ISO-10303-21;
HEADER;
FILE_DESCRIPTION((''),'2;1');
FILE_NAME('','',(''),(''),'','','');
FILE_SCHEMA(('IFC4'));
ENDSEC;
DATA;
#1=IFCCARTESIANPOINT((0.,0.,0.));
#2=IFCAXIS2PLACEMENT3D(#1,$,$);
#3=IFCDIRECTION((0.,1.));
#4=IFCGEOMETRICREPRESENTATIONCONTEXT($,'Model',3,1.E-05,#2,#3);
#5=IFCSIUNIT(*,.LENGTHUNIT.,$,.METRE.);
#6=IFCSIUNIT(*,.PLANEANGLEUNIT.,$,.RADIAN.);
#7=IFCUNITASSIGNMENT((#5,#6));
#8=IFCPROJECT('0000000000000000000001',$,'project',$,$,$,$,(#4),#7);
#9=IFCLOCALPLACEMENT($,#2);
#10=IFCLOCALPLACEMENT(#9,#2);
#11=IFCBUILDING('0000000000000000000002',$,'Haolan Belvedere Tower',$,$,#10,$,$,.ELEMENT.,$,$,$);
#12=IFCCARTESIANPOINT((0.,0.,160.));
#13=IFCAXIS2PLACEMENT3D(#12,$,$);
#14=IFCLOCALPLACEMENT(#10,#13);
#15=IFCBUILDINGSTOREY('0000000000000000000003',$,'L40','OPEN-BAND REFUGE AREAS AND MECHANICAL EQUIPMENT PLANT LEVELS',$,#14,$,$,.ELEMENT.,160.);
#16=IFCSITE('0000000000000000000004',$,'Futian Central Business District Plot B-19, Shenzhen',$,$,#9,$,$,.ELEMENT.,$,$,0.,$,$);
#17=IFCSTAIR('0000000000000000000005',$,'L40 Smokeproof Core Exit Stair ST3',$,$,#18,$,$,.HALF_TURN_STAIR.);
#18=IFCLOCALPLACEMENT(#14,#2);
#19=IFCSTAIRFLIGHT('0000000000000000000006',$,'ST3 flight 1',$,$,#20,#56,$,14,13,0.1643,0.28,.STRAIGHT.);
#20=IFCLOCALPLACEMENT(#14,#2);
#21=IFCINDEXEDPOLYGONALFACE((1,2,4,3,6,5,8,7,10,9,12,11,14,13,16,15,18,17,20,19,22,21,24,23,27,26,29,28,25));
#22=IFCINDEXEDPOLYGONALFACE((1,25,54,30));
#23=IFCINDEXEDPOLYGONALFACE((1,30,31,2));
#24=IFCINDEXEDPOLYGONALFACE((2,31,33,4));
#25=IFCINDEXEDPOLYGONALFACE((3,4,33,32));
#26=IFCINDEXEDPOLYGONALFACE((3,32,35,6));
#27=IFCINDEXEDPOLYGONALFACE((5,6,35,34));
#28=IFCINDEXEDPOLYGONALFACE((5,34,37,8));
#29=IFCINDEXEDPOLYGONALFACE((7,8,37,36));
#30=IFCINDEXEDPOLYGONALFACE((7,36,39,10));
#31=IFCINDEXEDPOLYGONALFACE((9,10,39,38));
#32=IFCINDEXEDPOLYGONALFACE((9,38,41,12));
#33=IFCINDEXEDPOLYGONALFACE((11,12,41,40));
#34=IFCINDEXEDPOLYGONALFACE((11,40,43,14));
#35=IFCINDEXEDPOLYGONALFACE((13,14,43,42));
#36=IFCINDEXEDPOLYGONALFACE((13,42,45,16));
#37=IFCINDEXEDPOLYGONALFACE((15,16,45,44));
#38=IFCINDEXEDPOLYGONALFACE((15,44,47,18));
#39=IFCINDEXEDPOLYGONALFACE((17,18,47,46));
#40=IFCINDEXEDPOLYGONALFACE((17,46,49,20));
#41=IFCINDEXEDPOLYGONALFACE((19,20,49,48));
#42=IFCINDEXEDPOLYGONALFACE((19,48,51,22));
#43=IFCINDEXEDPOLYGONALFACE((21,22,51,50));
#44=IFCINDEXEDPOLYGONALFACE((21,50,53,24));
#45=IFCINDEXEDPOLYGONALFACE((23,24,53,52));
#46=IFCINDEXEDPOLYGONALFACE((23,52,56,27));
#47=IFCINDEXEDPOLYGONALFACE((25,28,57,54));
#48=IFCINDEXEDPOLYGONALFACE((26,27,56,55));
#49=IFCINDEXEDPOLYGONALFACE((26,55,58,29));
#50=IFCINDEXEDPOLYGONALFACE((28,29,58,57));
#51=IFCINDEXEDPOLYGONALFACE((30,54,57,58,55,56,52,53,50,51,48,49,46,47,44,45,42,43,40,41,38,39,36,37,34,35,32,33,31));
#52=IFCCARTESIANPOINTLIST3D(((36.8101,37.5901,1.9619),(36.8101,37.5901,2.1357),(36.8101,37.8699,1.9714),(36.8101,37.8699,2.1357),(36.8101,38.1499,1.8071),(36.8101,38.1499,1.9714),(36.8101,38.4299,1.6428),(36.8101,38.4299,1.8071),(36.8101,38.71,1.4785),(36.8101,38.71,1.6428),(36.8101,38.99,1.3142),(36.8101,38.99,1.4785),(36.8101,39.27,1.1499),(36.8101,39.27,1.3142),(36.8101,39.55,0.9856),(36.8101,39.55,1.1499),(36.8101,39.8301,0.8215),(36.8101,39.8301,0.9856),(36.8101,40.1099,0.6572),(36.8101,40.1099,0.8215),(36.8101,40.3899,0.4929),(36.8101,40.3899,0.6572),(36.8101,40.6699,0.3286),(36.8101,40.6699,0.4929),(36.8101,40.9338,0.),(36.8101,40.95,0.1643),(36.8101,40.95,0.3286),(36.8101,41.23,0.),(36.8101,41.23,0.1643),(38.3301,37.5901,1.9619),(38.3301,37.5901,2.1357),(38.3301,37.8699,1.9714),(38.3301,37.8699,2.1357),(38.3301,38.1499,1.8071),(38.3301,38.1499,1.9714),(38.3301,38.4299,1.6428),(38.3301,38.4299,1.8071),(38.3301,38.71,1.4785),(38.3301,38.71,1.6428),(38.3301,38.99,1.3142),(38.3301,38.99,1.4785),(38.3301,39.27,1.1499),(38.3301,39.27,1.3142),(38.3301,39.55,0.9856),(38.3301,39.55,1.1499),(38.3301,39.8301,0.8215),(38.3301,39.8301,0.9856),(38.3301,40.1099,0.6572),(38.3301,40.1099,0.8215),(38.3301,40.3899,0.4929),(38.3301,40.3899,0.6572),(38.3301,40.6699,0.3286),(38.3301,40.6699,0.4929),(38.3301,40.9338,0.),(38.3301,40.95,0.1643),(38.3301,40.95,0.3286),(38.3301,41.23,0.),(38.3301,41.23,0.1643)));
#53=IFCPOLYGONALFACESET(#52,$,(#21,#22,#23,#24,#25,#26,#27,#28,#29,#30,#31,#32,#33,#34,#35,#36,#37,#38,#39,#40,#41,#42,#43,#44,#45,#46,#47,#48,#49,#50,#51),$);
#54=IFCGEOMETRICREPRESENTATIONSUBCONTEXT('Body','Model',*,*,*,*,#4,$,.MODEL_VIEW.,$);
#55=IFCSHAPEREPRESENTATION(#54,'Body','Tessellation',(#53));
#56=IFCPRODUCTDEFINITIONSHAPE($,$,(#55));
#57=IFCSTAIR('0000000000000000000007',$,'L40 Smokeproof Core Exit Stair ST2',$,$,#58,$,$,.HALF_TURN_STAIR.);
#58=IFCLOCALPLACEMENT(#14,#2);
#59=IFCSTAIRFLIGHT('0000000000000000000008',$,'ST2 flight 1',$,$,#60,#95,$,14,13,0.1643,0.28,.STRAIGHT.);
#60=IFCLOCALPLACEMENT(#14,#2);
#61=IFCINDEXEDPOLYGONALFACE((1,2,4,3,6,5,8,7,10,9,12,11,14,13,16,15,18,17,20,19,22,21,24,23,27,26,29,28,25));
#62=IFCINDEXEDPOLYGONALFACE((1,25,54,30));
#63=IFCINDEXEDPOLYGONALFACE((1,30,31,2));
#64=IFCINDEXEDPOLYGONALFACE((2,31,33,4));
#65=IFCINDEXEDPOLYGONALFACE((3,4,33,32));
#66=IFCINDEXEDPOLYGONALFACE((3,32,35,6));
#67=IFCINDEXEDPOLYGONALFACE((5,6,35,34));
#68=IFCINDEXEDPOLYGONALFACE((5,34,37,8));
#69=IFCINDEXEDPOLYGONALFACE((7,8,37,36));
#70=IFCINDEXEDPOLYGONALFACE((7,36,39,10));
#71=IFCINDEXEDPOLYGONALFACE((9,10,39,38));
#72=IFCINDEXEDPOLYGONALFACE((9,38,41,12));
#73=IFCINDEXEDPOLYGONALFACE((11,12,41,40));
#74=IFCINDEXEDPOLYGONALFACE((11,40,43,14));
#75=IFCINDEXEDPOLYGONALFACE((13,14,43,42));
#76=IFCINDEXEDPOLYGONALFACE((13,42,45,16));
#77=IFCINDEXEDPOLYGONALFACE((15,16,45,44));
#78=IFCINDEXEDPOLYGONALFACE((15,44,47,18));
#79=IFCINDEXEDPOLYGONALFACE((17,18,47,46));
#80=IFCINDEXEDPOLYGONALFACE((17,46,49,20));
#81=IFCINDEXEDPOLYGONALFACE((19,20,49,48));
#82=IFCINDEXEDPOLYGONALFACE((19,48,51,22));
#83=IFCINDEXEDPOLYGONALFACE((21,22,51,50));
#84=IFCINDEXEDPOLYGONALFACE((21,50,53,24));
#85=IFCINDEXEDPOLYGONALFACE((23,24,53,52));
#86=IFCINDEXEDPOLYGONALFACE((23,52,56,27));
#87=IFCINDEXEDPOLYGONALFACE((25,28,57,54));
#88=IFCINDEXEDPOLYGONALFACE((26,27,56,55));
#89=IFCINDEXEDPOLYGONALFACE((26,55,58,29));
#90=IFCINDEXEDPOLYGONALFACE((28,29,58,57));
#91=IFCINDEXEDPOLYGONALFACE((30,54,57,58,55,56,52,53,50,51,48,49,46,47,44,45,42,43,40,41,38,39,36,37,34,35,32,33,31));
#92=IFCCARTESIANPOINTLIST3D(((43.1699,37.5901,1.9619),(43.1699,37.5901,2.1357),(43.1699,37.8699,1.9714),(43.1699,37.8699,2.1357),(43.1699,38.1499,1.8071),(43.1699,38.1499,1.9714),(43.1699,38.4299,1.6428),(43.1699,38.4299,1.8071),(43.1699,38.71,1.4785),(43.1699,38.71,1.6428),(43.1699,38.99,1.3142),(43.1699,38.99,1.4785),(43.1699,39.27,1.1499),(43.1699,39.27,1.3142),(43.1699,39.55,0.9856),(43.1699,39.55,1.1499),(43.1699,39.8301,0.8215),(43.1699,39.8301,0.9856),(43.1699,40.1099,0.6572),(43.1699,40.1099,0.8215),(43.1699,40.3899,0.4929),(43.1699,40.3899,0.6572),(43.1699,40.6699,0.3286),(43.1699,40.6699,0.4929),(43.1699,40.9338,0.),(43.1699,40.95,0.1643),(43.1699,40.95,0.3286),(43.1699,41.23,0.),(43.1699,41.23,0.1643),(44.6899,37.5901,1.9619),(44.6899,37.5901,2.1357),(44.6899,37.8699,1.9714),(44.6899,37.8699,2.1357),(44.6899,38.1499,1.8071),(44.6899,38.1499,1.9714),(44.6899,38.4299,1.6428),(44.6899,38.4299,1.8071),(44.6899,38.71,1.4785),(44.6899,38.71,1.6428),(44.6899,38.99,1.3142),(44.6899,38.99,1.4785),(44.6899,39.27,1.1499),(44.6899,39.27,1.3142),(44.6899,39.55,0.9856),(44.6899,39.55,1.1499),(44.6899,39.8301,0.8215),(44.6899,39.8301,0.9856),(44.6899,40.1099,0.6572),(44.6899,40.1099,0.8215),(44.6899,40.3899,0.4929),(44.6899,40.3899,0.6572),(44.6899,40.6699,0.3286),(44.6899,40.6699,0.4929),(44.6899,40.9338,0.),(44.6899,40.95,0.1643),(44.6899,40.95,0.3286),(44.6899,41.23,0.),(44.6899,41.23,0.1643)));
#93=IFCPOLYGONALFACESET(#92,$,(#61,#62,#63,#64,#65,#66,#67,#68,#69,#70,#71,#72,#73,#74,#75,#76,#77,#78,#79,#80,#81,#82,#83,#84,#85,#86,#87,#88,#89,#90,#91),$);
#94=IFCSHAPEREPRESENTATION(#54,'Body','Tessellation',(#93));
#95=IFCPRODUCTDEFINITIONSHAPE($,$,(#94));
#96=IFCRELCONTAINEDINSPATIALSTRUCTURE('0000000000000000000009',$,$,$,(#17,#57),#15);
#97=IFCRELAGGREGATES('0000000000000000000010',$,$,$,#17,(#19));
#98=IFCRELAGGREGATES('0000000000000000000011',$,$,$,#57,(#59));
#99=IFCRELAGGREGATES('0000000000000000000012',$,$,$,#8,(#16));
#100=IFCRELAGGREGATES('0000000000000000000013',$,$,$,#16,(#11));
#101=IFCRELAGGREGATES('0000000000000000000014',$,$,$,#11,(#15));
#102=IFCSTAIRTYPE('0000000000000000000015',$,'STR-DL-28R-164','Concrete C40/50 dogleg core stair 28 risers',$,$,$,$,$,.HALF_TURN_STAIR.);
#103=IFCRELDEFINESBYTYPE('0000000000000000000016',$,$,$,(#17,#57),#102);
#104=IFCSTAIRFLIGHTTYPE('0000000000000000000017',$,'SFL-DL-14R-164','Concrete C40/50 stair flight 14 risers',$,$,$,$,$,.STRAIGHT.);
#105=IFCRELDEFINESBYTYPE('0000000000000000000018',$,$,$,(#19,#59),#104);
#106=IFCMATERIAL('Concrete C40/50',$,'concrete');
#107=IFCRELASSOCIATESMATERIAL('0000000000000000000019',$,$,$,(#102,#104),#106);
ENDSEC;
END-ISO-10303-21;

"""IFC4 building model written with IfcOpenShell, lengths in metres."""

from ifc_helpers import new_model, si_unit, direction, frame, origin, place, context, subcontext, project, spatial, polyline, outline, extrude, material, type_object, element, aggregate, save


model = new_model("IFC4")

# Units and contexts
model_context = context("Model", 3, precision=1e-05, world=origin(), true_north=direction((0.0, 1.0)))
body_context = subcontext(model_context, "Body", "Model", "MODEL_VIEW")
ifc_project = project(units=[si_unit("LENGTHUNIT", "METRE"), si_unit("PLANEANGLEUNIT", "RADIAN")], contexts=[model_context])

# Site, building, storey
site_placement = place(None, origin())
site = spatial("IfcSite", under=ifc_project, at=site_placement, Name="Futian Central Business District Plot B-19, Shenzhen", CompositionType="ELEMENT", RefElevation=0.0)
building_placement = place(site_placement, origin())
building = spatial("IfcBuilding", under=site, at=building_placement, Name="Haolan Belvedere Tower", CompositionType="ELEMENT")
storey_placement = place(building_placement, frame((0.0, 0.0, 160.0)))
storey = spatial("IfcBuildingStorey", under=building, at=storey_placement, Name="L40", Description="OPEN-BAND REFUGE AREAS AND MECHANICAL EQUIPMENT PLANT LEVELS", CompositionType="ELEMENT", Elevation=160.0)

# Shared definitions
ifc_material_1 = material(Name="Concrete C40/50", Category="concrete")

# Stairs, stair flights
stair_type = type_object("IfcStairType", Name="STR-DL-28R-164", Description="Concrete C40/50 dogleg core stair 28 risers", PredefinedType="HALF_TURN_STAIR", material=ifc_material_1)
stair_1_placement = place(storey_placement, origin())
stair_1 = element("IfcStair", 1, at=stair_1_placement, inside=storey, type_object=stair_type, Name="L40 Smokeproof Core Exit Stair ST3", PredefinedType="HALF_TURN_STAIR")
stair_flight_type = type_object("IfcStairFlightType", Name="SFL-DL-14R-164", Description="Concrete C40/50 stair flight 14 risers", PredefinedType="STRAIGHT", material=ifc_material_1)
stair_flight_1_placement = place(storey_placement, frame((37.5701, 41.23, 0.0), z_axis=(0.0, 0.0, 1.0), x_axis=(0.0, -1.0, 0.0)))
stair_flight_1 = element("IfcStairFlight", 2, at=stair_flight_1_placement, type_object=stair_flight_type, Name="ST3 flight 1", NumberOfRisers=14, NumberOfTreads=13, PredefinedType="STRAIGHT", RiserHeight=0.1643, TreadLength=0.28, context=body_context, shape_type="SweptSolid", body=[
    extrude(outline(polyline([(0.0, 0.0), (0.0, 0.1643), (0.28, 0.1643), (0.28, 0.3286), (0.5601, 0.3286), (0.5601, 0.4929), (0.8401, 0.4929), (0.8401, 0.6572), (1.1201, 0.6572), (1.1201, 0.8215), (1.3999, 0.8215), (1.3999, 0.9856), (1.6799, 0.9856), (1.6799, 1.1499), (1.96, 1.1499), (1.96, 1.3142), (2.24, 1.3142), (2.24, 1.4785), (2.52, 1.4785), (2.52, 1.6428), (2.8, 1.6428), (2.8, 1.8071), (3.0801, 1.8071), (3.0801, 1.9714), (3.3601, 1.9714), (3.3601, 2.1357), (3.6399, 2.1357), (3.6399, 2.3), (3.6399, 1.9619), (0.2961, 0.0), (0.0, 0.0)])), frame((0.0, 0.76, 0.0), z_axis=(0.0, -1.0, 0.0), x_axis=(1.0, 0.0, 0.0)), (0.0, 0.0, 1.0), 1.52),
])
aggregate(stair_1, [stair_flight_1])
stair_2_placement = place(storey_placement, origin())
stair_2 = element("IfcStair", 3, at=stair_2_placement, inside=storey, type_object=stair_type, Name="L40 Smokeproof Core Exit Stair ST2", PredefinedType="HALF_TURN_STAIR")
stair_flight_2_placement = place(storey_placement, frame((43.9299, 41.23, 0.0), z_axis=(0.0, 0.0, 1.0), x_axis=(0.0, -1.0, 0.0)))
stair_flight_2 = element("IfcStairFlight", 4, at=stair_flight_2_placement, type_object=stair_flight_type, Name="ST2 flight 1", NumberOfRisers=14, NumberOfTreads=13, PredefinedType="STRAIGHT", RiserHeight=0.1643, TreadLength=0.28, context=body_context, shape_type="SweptSolid", body=[
    extrude(outline(polyline([(0.0, 0.0), (0.0, 0.1643), (0.28, 0.1643), (0.28, 0.3286), (0.5601, 0.3286), (0.5601, 0.4929), (0.8401, 0.4929), (0.8401, 0.6572), (1.1201, 0.6572), (1.1201, 0.8215), (1.3999, 0.8215), (1.3999, 0.9856), (1.6799, 0.9856), (1.6799, 1.1499), (1.96, 1.1499), (1.96, 1.3142), (2.24, 1.3142), (2.24, 1.4785), (2.52, 1.4785), (2.52, 1.6428), (2.8, 1.6428), (2.8, 1.8071), (3.0801, 1.8071), (3.0801, 1.9714), (3.3601, 1.9714), (3.3601, 2.1357), (3.6399, 2.1357), (3.6399, 2.3), (3.6399, 1.9619), (0.2961, 0.0), (0.0, 0.0)])), frame((0.0, 0.76, 0.0), z_axis=(0.0, -1.0, 0.0), x_axis=(1.0, 0.0, 0.0)), (0.0, 0.0, 1.0), 1.52),
])
aggregate(stair_2, [stair_flight_2])

save(model, "model.ifc")
